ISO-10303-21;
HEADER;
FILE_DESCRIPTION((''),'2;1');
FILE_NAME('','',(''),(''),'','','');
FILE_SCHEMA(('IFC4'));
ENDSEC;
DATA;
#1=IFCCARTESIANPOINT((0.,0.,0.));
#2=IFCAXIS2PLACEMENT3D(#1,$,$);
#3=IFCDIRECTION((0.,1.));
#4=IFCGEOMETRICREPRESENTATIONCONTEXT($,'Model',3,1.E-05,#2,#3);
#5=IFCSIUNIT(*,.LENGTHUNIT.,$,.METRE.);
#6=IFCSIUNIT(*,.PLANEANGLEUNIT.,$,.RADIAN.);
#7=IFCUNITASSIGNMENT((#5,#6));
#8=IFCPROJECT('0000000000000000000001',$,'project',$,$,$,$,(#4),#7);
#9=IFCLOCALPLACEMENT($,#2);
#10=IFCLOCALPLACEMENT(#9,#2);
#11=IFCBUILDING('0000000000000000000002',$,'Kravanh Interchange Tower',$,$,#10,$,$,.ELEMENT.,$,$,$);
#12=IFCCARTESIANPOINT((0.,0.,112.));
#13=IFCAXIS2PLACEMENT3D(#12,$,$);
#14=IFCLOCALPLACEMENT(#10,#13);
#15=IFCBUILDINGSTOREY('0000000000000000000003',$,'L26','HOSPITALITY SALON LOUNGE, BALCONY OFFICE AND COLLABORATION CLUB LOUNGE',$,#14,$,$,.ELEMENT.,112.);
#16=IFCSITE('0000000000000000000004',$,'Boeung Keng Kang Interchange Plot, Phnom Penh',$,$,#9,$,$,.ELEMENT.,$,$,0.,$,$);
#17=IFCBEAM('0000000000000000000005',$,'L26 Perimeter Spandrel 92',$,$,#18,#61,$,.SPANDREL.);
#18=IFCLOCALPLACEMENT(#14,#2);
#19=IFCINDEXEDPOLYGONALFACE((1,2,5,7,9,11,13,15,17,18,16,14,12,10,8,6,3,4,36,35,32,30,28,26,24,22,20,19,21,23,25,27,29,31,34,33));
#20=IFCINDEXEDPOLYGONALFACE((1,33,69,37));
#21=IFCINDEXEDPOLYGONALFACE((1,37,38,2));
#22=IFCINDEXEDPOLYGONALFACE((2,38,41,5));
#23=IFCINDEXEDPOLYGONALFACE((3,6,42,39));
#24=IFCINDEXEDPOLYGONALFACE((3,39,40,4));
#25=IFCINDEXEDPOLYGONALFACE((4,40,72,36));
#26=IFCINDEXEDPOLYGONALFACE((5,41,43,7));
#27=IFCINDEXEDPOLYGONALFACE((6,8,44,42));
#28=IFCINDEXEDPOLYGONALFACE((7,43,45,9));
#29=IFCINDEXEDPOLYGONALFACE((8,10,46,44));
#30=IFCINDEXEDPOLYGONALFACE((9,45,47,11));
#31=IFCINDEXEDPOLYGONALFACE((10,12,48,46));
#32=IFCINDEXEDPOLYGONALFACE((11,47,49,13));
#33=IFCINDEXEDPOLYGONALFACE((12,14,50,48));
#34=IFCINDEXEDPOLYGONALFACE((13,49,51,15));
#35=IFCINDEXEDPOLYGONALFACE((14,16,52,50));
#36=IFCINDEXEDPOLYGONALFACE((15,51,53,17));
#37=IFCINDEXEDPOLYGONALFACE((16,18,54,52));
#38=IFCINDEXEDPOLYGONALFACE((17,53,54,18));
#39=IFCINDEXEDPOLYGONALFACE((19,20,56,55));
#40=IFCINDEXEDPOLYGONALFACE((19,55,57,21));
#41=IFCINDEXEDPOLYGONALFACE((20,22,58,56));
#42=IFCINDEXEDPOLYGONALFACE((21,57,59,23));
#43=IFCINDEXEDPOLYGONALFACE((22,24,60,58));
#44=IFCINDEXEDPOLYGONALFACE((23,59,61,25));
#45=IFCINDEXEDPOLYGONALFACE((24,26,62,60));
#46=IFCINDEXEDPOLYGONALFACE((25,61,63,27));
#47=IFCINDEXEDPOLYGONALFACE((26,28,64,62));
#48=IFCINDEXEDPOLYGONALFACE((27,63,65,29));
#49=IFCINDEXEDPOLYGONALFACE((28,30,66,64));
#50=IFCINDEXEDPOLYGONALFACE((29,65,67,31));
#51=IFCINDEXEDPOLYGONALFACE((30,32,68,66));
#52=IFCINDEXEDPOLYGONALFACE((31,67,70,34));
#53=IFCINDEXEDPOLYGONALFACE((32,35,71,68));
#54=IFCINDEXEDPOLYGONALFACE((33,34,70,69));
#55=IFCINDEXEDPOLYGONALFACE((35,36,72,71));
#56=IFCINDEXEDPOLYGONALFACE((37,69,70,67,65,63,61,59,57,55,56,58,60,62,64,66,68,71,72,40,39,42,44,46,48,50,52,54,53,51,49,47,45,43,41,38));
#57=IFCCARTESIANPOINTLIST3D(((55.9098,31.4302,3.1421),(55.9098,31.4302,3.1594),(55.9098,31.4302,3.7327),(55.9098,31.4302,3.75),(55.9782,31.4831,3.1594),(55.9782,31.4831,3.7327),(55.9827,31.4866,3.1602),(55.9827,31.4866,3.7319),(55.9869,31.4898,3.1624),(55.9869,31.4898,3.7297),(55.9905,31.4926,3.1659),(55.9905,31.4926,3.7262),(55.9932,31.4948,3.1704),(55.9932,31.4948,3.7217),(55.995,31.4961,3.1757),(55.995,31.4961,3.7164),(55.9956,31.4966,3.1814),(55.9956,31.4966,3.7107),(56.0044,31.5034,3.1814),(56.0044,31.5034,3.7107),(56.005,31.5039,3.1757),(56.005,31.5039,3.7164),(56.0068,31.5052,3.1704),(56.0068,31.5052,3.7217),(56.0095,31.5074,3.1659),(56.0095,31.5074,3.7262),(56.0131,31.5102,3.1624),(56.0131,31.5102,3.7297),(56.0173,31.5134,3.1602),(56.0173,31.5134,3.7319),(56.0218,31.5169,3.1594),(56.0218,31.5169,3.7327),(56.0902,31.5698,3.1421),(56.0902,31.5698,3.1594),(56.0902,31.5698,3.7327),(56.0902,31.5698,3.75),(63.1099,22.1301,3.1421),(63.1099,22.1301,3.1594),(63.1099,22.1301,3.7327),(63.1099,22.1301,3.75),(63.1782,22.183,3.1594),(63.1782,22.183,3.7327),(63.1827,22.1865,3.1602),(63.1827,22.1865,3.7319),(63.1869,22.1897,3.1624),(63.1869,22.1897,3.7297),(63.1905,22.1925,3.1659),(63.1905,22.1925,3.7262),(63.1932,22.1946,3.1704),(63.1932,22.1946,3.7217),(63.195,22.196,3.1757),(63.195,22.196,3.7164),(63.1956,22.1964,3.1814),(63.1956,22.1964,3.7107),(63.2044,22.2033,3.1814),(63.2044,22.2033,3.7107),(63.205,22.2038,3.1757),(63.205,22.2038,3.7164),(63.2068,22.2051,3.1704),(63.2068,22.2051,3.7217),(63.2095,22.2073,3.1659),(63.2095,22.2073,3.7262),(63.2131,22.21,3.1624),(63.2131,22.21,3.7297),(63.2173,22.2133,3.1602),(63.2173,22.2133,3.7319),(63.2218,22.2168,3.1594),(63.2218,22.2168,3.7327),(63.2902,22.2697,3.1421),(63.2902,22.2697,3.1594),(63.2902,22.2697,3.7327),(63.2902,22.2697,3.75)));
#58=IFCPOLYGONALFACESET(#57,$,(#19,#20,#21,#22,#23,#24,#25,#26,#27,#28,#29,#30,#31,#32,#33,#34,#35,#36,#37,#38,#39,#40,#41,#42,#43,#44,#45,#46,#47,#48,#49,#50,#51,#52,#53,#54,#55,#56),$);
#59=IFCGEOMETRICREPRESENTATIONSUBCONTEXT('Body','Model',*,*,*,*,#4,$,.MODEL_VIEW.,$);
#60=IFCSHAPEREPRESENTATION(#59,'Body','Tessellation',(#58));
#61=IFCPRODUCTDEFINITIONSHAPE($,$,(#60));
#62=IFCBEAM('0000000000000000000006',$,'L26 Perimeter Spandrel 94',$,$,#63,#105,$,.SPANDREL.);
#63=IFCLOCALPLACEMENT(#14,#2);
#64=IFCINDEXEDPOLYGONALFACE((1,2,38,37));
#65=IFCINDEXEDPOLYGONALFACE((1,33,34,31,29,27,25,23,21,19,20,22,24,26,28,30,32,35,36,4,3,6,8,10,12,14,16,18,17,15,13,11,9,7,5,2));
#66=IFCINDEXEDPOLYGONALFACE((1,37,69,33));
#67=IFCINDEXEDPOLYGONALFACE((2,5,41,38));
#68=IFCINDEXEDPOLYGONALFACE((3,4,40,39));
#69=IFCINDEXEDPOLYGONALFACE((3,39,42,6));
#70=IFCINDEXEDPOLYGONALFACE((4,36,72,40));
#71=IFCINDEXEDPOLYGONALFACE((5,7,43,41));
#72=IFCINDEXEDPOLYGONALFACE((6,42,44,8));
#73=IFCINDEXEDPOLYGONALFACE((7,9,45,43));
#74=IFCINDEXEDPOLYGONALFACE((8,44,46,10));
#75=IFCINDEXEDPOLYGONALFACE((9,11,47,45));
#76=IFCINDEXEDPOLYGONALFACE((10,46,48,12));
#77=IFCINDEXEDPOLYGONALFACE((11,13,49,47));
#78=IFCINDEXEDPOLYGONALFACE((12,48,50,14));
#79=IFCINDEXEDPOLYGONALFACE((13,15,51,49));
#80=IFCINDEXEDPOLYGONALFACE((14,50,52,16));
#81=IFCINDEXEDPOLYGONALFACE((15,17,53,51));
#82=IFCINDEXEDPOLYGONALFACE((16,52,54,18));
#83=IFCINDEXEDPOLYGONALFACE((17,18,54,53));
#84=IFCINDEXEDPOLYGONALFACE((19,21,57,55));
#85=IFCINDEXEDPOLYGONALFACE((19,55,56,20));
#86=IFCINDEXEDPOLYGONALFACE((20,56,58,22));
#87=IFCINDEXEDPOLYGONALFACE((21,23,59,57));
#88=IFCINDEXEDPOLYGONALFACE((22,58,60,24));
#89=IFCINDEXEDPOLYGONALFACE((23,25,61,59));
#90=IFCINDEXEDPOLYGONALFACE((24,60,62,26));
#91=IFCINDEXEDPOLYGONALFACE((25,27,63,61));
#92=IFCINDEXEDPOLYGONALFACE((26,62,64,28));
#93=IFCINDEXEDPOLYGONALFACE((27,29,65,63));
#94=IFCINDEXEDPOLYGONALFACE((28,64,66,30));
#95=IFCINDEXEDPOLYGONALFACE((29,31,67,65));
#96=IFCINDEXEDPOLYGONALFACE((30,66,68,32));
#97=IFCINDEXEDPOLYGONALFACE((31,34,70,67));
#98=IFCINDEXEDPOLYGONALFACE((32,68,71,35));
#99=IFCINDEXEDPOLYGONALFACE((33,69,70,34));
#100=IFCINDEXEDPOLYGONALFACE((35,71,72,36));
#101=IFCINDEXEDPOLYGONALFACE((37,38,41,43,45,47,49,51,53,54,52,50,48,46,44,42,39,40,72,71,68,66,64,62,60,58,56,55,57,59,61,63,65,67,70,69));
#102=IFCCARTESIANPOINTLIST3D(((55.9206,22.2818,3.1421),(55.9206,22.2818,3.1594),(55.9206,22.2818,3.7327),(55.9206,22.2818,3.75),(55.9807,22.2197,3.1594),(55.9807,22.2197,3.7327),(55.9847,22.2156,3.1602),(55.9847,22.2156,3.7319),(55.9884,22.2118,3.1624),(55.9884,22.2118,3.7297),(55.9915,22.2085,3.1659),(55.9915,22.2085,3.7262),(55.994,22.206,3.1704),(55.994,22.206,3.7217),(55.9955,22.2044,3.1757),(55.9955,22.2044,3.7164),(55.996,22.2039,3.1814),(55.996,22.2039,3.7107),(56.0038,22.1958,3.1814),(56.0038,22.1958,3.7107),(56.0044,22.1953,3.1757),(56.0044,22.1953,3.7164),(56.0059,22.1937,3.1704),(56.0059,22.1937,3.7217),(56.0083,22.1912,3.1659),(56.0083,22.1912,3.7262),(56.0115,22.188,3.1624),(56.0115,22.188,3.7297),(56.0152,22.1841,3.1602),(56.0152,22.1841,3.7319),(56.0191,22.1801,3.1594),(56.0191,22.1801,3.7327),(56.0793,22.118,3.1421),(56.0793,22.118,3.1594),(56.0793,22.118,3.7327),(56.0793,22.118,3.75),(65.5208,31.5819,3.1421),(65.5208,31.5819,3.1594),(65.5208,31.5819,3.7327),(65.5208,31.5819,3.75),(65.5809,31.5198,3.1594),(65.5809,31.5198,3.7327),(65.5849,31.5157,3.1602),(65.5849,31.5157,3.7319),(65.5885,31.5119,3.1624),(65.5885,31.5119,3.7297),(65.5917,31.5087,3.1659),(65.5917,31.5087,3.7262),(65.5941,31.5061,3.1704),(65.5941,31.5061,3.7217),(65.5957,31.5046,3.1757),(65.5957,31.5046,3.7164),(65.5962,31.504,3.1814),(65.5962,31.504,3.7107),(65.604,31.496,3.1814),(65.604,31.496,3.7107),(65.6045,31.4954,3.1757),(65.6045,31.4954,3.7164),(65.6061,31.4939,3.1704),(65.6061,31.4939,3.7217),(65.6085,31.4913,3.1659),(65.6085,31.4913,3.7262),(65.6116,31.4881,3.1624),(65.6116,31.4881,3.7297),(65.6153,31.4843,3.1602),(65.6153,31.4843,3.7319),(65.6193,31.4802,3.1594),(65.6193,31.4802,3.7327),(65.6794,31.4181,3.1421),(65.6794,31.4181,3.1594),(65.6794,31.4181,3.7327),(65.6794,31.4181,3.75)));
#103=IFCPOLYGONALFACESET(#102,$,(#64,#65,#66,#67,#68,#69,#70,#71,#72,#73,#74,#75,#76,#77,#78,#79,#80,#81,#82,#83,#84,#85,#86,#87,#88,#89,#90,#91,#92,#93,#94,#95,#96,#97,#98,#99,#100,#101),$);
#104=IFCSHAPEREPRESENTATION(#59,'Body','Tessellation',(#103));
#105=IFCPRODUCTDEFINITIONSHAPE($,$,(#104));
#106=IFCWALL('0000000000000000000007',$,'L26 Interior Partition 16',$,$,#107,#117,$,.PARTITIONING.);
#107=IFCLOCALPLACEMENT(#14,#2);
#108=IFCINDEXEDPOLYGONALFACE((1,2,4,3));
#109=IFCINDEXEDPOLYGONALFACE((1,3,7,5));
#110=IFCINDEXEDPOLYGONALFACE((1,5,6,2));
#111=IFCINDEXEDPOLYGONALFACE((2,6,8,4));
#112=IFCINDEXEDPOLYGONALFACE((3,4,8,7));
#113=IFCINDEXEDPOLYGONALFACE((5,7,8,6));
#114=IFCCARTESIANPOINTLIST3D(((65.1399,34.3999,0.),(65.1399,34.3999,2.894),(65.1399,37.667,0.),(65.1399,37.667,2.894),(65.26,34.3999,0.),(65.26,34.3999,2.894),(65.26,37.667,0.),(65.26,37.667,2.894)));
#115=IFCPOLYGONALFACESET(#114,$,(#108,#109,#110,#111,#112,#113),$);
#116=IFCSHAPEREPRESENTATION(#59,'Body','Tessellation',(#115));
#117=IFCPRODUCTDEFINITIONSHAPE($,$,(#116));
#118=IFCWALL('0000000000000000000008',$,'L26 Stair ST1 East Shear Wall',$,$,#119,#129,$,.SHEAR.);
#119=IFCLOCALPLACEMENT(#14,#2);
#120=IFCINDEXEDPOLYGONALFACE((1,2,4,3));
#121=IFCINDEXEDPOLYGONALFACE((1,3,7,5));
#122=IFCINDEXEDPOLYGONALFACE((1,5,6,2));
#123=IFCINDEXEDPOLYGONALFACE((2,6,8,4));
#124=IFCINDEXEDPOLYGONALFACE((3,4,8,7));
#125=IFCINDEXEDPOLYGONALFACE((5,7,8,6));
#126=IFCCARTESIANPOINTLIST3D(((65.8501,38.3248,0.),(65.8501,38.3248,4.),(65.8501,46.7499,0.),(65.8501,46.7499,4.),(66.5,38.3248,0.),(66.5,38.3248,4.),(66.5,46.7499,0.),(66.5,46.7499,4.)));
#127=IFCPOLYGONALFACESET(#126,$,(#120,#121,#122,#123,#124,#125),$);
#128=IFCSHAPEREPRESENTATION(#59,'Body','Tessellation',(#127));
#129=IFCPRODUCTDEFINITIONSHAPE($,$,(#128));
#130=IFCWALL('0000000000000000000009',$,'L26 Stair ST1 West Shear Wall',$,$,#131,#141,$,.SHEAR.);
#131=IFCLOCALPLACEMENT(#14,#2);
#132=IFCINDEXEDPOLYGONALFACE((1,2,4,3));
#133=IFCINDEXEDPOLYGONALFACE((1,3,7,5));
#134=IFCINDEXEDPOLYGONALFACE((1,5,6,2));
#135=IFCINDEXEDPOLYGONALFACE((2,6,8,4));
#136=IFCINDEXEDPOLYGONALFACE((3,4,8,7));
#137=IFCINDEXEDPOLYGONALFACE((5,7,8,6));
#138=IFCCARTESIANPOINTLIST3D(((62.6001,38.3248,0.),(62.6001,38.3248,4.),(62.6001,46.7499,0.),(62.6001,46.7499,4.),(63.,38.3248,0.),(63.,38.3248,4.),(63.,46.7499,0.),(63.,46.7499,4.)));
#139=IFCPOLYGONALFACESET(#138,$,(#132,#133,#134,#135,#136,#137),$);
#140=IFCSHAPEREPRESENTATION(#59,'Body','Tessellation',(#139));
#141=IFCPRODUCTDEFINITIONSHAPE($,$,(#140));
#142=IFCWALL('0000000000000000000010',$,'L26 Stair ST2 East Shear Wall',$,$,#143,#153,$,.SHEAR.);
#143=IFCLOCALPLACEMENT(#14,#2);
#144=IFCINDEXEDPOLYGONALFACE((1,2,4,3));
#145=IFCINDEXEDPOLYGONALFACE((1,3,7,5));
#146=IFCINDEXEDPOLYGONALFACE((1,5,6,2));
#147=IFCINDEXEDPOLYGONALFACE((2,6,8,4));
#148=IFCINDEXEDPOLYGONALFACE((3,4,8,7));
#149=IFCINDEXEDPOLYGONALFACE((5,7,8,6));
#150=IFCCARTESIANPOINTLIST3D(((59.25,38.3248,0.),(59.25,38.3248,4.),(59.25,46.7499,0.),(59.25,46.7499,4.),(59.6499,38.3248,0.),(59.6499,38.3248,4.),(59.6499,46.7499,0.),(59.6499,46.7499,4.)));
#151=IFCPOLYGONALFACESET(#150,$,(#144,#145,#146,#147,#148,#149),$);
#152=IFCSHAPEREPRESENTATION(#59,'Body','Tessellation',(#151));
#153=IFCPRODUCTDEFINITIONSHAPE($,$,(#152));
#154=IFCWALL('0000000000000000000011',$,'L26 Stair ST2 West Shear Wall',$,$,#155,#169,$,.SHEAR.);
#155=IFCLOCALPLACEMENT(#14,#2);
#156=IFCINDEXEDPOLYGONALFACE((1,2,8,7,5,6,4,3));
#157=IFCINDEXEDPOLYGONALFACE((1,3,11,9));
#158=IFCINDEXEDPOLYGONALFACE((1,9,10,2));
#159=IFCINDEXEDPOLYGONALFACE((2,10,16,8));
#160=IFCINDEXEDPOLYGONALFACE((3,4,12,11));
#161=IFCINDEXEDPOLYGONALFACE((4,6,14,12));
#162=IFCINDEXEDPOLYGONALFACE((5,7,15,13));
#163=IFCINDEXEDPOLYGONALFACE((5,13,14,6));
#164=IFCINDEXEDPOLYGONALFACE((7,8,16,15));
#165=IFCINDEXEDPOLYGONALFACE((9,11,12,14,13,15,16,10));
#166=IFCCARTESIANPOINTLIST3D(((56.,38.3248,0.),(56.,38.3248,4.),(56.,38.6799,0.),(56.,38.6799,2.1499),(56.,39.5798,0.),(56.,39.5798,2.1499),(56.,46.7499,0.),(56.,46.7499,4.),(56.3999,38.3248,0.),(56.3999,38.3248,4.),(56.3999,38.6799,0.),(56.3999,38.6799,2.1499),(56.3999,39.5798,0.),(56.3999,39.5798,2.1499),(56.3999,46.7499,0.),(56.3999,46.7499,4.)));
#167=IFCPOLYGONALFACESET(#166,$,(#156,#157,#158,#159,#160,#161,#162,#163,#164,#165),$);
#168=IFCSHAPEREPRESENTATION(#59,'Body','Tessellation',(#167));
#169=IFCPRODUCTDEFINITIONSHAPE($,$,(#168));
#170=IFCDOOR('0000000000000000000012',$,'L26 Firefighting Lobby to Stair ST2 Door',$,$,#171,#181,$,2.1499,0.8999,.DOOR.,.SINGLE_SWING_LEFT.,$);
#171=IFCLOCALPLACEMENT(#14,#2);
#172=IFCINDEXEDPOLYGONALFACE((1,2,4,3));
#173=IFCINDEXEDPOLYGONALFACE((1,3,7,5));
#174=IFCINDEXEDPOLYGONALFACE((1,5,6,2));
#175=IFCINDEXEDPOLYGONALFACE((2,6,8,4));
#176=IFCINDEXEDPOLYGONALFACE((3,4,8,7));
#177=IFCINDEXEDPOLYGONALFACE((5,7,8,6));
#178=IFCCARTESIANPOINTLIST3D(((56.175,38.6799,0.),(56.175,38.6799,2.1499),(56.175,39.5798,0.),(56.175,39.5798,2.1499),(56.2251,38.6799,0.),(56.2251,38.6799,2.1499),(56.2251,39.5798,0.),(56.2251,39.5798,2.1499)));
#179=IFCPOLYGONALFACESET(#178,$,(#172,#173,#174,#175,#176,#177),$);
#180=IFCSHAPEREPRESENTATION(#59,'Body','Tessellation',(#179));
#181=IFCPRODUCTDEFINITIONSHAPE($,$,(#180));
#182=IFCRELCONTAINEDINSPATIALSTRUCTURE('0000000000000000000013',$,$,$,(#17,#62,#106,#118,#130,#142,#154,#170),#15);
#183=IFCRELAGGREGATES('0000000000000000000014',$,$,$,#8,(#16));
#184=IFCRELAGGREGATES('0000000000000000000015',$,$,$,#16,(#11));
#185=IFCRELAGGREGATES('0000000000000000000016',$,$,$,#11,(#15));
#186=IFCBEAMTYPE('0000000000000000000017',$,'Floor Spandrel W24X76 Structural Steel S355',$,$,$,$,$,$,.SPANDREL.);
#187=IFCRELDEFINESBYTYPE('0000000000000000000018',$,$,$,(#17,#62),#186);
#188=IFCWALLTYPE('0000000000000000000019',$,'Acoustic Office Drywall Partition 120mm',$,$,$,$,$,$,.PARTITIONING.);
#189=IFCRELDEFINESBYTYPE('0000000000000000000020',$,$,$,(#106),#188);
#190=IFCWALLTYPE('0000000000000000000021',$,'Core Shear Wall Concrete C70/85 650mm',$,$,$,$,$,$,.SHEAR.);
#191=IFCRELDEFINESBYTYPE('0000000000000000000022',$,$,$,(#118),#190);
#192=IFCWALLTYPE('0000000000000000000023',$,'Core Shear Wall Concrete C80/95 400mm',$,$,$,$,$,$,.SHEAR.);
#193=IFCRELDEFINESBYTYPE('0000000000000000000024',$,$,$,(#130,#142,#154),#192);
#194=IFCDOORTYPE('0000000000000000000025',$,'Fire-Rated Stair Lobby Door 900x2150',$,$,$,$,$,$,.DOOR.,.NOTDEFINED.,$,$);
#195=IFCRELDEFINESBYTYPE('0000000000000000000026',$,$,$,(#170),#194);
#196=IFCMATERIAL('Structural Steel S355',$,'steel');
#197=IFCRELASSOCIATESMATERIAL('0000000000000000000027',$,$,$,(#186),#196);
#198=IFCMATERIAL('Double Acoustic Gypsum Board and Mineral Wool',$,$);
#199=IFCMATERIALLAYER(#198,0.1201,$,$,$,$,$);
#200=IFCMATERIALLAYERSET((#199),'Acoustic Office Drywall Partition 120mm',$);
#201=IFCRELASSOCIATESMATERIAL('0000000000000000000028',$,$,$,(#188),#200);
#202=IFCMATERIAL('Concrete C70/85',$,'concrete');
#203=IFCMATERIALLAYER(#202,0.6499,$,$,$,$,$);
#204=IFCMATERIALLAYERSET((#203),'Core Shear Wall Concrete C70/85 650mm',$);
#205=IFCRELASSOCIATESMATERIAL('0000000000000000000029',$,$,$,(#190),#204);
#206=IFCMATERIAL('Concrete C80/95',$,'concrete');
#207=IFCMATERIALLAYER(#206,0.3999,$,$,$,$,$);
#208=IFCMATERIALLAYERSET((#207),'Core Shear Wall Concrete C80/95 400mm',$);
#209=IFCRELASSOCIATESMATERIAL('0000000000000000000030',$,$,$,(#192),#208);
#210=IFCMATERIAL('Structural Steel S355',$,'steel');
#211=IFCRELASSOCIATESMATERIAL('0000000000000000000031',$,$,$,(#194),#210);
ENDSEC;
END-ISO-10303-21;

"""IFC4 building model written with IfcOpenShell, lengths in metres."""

from ifc_helpers import new_model, si_unit, direction, frame, frame_2d, origin, origin_2d, place, context, subcontext, project, spatial, rectangle, i_section, extrude, material, layer, layer_set, material_profile, profile_set, type_object, element, fill, save


model = new_model("IFC4")

# Units and contexts
model_context = context("Model", 3, precision=1e-05, world=origin(), true_north=direction((0.0, 1.0)))
body_context = subcontext(model_context, "Body", "Model", "MODEL_VIEW")
ifc_project = project(units=[si_unit("LENGTHUNIT", "METRE"), si_unit("PLANEANGLEUNIT", "RADIAN")], contexts=[model_context])

# Site, building, storey
site_placement = place(None, origin())
site = spatial("IfcSite", under=ifc_project, at=site_placement, Name="Boeung Keng Kang Interchange Plot, Phnom Penh", CompositionType="ELEMENT", RefElevation=0.0)
building_placement = place(site_placement, origin())
building = spatial("IfcBuilding", under=site, at=building_placement, Name="Kravanh Interchange Tower", CompositionType="ELEMENT")
storey_placement = place(building_placement, frame((0.0, 0.0, 112.0)))
storey = spatial("IfcBuildingStorey", under=building, at=storey_placement, Name="L26", Description="HOSPITALITY SALON LOUNGE, BALCONY OFFICE AND COLLABORATION CLUB LOUNGE", CompositionType="ELEMENT", Elevation=112.0)

# Beams
ifc_material_1 = material(Name="Structural Steel S355", Category="steel")
ifc_material_profile_1 = material_profile(ifc_material_1, i_section(OverallWidth=0.228, OverallDepth=0.6079, WebThickness=0.0112, FlangeThickness=0.0173, FilletRadius=0.022, at=origin_2d()), Name="W24X76")
ifc_profile_set_1 = profile_set([ifc_material_profile_1], Name="Structural Steel S355")
beam_type_1 = type_object("IfcBeamType", Name="Floor Spandrel W24X76 Structural Steel S355", PredefinedType="SPANDREL", material=ifc_profile_set_1)
beam_1_placement = place(storey_placement, frame((56.0, 31.5, 3.446), z_axis=(0.612169, -0.790727, 0.0), x_axis=(0.790727, 0.612169, 0.0)))
element("IfcBeam", 1, at=beam_1_placement, inside=storey, type_object=beam_type_1, Name="L26 Perimeter Spandrel 92", PredefinedType="SPANDREL", context=body_context, shape_type="SweptSolid", body=[
    extrude(i_section(OverallWidth=0.228, OverallDepth=0.6079, WebThickness=0.0112, FlangeThickness=0.0173, FilletRadius=0.022, at=origin_2d()), origin(), (0.0, 0.0, 1.0), 11.7615),
])
beam_2_placement = place(storey_placement, frame((65.6001, 31.5, 3.446), z_axis=(-0.718242, -0.695793, 0.0), x_axis=(0.695793, -0.718242, 0.0)))
element("IfcBeam", 2, at=beam_2_placement, inside=storey, type_object=beam_type_1, Name="L26 Perimeter Spandrel 94", PredefinedType="SPANDREL", context=body_context, shape_type="SweptSolid", body=[
    extrude(i_section(OverallWidth=0.228, OverallDepth=0.6079, WebThickness=0.0112, FlangeThickness=0.0173, FilletRadius=0.022, at=origin_2d()), origin(), (0.0, 0.0, 1.0), 13.3662),
])

# Walls
ifc_material_2 = material(Name="Double Acoustic Gypsum Board and Mineral Wool")
ifc_layer_1 = layer(ifc_material_2, 0.1201)
ifc_layer_set_1 = layer_set([ifc_layer_1], Name="Acoustic Office Drywall Partition 120mm")
wall_type_1 = type_object("IfcWallType", Name="Acoustic Office Drywall Partition 120mm", PredefinedType="PARTITIONING", material=ifc_layer_set_1)
wall_1_placement = place(storey_placement, frame((65.2, 34.3999, 0.0), z_axis=(0.0, 0.0, 1.0), x_axis=(0.0, 1.0, 0.0)))
element("IfcWall", 3, at=wall_1_placement, inside=storey, type_object=wall_type_1, Name="L26 Interior Partition 16", PredefinedType="PARTITIONING", context=body_context, shape_type="SweptSolid", body=[
    extrude(rectangle(XDim=3.2671, YDim=0.1201, at=frame_2d((1.6335, 0.0))), origin(), (0.0, 0.0, 1.0), 2.894),
])
ifc_material_3 = material(Name="Concrete C70/85", Category="concrete")
ifc_layer_2 = layer(ifc_material_3, 0.6499)
ifc_layer_set_2 = layer_set([ifc_layer_2], Name="Core Shear Wall Concrete C70/85 650mm")
wall_type_2 = type_object("IfcWallType", Name="Core Shear Wall Concrete C70/85 650mm", PredefinedType="SHEAR", material=ifc_layer_set_2)
wall_2_placement = place(storey_placement, frame((66.175, 38.325, 0.0), z_axis=(0.0, 0.0, 1.0), x_axis=(0.0, 1.0, 0.0)))
element("IfcWall", 4, at=wall_2_placement, inside=storey, type_object=wall_type_2, Name="L26 Stair ST1 East Shear Wall", PredefinedType="SHEAR", context=body_context, shape_type="SweptSolid", body=[
    extrude(rectangle(XDim=8.425, YDim=0.6499, at=frame_2d((4.2124, 0.0))), origin(), (0.0, 0.0, 1.0), 4.0),
])
ifc_material_4 = material(Name="Concrete C80/95", Category="concrete")
ifc_layer_3 = layer(ifc_material_4, 0.3999)
ifc_layer_set_3 = layer_set([ifc_layer_3], Name="Core Shear Wall Concrete C80/95 400mm")
wall_type_3 = type_object("IfcWallType", Name="Core Shear Wall Concrete C80/95 400mm", PredefinedType="SHEAR", material=ifc_layer_set_3)
for number, where, z_axis, x_axis, name in (
    (5, (62.8, 38.325, 0.0), (0.0, 0.0, 1.0), (0.0, 1.0, 0.0), "L26 Stair ST1 West Shear Wall"),
    (6, (59.45, 38.325, 0.0), (0.0, 0.0, 1.0), (0.0, 1.0, 0.0), "L26 Stair ST2 East Shear Wall"),
):
    element("IfcWall", number, at=place(storey_placement, frame(where, z_axis=z_axis, x_axis=x_axis)), inside=storey, type_object=wall_type_3, Name=name, PredefinedType="SHEAR", context=body_context, shape_type="SweptSolid", body=[
        extrude(rectangle(XDim=8.425, YDim=0.3999, at=frame_2d((4.2124, 0.0))), origin(), (0.0, 0.0, 1.0), 4.0),
    ])

# Wall, opening, door
wall_3_placement = place(storey_placement, frame((56.2, 38.325, 0.0), z_axis=(0.0, 0.0, 1.0), x_axis=(0.0, 1.0, 0.0)))
wall_3 = element("IfcWall", 7, at=wall_3_placement, inside=storey, type_object=wall_type_3, Name="L26 Stair ST2 West Shear Wall", PredefinedType="SHEAR", context=body_context, shape_type="SweptSolid", body=[
    extrude(rectangle(XDim=8.425, YDim=0.3999, at=frame_2d((4.2124, 0.0))), origin(), (0.0, 0.0, 1.0), 4.0),
])
opening_1_placement = place(wall_3_placement, frame((0.355, 0.0, 0.0)))
opening_1 = element("IfcOpeningElement", 8, at=opening_1_placement, cuts=wall_3, PredefinedType="OPENING", context=body_context, shape_type="SweptSolid", body=[
    extrude(rectangle(XDim=0.8999, YDim=2.1499, at=frame_2d((0.45, 1.075))), frame((0.0, 0.21, 0.0), z_axis=(0.0, -1.0, 0.0), x_axis=(1.0, 0.0, 0.0)), (0.0, 0.0, 1.0), 0.4199),
])
ifc_material_5 = material(Name="Structural Steel S355", Category="steel")
door_type_1 = type_object("IfcDoorType", Name="Fire-Rated Stair Lobby Door 900x2150", OperationType="NOTDEFINED", PredefinedType="DOOR", material=ifc_material_5)
door_1_placement = place(opening_1_placement, origin())
door_1 = element("IfcDoor", 9, at=door_1_placement, inside=storey, type_object=door_type_1, Name="L26 Firefighting Lobby to Stair ST2 Door", OperationType="SINGLE_SWING_LEFT", OverallHeight=2.1499, OverallWidth=0.8999, PredefinedType="DOOR", context=body_context, shape_type="SweptSolid", body=[
    extrude(rectangle(XDim=0.8999, YDim=2.1499, at=frame_2d((0.45, 1.075))), frame((0.0, 0.0249, 0.0), z_axis=(0.0, -1.0, 0.0), x_axis=(1.0, 0.0, 0.0)), (0.0, 0.0, 1.0), 0.05),
])
fill(opening_1, door_1)

save(model, "model.ifc")
